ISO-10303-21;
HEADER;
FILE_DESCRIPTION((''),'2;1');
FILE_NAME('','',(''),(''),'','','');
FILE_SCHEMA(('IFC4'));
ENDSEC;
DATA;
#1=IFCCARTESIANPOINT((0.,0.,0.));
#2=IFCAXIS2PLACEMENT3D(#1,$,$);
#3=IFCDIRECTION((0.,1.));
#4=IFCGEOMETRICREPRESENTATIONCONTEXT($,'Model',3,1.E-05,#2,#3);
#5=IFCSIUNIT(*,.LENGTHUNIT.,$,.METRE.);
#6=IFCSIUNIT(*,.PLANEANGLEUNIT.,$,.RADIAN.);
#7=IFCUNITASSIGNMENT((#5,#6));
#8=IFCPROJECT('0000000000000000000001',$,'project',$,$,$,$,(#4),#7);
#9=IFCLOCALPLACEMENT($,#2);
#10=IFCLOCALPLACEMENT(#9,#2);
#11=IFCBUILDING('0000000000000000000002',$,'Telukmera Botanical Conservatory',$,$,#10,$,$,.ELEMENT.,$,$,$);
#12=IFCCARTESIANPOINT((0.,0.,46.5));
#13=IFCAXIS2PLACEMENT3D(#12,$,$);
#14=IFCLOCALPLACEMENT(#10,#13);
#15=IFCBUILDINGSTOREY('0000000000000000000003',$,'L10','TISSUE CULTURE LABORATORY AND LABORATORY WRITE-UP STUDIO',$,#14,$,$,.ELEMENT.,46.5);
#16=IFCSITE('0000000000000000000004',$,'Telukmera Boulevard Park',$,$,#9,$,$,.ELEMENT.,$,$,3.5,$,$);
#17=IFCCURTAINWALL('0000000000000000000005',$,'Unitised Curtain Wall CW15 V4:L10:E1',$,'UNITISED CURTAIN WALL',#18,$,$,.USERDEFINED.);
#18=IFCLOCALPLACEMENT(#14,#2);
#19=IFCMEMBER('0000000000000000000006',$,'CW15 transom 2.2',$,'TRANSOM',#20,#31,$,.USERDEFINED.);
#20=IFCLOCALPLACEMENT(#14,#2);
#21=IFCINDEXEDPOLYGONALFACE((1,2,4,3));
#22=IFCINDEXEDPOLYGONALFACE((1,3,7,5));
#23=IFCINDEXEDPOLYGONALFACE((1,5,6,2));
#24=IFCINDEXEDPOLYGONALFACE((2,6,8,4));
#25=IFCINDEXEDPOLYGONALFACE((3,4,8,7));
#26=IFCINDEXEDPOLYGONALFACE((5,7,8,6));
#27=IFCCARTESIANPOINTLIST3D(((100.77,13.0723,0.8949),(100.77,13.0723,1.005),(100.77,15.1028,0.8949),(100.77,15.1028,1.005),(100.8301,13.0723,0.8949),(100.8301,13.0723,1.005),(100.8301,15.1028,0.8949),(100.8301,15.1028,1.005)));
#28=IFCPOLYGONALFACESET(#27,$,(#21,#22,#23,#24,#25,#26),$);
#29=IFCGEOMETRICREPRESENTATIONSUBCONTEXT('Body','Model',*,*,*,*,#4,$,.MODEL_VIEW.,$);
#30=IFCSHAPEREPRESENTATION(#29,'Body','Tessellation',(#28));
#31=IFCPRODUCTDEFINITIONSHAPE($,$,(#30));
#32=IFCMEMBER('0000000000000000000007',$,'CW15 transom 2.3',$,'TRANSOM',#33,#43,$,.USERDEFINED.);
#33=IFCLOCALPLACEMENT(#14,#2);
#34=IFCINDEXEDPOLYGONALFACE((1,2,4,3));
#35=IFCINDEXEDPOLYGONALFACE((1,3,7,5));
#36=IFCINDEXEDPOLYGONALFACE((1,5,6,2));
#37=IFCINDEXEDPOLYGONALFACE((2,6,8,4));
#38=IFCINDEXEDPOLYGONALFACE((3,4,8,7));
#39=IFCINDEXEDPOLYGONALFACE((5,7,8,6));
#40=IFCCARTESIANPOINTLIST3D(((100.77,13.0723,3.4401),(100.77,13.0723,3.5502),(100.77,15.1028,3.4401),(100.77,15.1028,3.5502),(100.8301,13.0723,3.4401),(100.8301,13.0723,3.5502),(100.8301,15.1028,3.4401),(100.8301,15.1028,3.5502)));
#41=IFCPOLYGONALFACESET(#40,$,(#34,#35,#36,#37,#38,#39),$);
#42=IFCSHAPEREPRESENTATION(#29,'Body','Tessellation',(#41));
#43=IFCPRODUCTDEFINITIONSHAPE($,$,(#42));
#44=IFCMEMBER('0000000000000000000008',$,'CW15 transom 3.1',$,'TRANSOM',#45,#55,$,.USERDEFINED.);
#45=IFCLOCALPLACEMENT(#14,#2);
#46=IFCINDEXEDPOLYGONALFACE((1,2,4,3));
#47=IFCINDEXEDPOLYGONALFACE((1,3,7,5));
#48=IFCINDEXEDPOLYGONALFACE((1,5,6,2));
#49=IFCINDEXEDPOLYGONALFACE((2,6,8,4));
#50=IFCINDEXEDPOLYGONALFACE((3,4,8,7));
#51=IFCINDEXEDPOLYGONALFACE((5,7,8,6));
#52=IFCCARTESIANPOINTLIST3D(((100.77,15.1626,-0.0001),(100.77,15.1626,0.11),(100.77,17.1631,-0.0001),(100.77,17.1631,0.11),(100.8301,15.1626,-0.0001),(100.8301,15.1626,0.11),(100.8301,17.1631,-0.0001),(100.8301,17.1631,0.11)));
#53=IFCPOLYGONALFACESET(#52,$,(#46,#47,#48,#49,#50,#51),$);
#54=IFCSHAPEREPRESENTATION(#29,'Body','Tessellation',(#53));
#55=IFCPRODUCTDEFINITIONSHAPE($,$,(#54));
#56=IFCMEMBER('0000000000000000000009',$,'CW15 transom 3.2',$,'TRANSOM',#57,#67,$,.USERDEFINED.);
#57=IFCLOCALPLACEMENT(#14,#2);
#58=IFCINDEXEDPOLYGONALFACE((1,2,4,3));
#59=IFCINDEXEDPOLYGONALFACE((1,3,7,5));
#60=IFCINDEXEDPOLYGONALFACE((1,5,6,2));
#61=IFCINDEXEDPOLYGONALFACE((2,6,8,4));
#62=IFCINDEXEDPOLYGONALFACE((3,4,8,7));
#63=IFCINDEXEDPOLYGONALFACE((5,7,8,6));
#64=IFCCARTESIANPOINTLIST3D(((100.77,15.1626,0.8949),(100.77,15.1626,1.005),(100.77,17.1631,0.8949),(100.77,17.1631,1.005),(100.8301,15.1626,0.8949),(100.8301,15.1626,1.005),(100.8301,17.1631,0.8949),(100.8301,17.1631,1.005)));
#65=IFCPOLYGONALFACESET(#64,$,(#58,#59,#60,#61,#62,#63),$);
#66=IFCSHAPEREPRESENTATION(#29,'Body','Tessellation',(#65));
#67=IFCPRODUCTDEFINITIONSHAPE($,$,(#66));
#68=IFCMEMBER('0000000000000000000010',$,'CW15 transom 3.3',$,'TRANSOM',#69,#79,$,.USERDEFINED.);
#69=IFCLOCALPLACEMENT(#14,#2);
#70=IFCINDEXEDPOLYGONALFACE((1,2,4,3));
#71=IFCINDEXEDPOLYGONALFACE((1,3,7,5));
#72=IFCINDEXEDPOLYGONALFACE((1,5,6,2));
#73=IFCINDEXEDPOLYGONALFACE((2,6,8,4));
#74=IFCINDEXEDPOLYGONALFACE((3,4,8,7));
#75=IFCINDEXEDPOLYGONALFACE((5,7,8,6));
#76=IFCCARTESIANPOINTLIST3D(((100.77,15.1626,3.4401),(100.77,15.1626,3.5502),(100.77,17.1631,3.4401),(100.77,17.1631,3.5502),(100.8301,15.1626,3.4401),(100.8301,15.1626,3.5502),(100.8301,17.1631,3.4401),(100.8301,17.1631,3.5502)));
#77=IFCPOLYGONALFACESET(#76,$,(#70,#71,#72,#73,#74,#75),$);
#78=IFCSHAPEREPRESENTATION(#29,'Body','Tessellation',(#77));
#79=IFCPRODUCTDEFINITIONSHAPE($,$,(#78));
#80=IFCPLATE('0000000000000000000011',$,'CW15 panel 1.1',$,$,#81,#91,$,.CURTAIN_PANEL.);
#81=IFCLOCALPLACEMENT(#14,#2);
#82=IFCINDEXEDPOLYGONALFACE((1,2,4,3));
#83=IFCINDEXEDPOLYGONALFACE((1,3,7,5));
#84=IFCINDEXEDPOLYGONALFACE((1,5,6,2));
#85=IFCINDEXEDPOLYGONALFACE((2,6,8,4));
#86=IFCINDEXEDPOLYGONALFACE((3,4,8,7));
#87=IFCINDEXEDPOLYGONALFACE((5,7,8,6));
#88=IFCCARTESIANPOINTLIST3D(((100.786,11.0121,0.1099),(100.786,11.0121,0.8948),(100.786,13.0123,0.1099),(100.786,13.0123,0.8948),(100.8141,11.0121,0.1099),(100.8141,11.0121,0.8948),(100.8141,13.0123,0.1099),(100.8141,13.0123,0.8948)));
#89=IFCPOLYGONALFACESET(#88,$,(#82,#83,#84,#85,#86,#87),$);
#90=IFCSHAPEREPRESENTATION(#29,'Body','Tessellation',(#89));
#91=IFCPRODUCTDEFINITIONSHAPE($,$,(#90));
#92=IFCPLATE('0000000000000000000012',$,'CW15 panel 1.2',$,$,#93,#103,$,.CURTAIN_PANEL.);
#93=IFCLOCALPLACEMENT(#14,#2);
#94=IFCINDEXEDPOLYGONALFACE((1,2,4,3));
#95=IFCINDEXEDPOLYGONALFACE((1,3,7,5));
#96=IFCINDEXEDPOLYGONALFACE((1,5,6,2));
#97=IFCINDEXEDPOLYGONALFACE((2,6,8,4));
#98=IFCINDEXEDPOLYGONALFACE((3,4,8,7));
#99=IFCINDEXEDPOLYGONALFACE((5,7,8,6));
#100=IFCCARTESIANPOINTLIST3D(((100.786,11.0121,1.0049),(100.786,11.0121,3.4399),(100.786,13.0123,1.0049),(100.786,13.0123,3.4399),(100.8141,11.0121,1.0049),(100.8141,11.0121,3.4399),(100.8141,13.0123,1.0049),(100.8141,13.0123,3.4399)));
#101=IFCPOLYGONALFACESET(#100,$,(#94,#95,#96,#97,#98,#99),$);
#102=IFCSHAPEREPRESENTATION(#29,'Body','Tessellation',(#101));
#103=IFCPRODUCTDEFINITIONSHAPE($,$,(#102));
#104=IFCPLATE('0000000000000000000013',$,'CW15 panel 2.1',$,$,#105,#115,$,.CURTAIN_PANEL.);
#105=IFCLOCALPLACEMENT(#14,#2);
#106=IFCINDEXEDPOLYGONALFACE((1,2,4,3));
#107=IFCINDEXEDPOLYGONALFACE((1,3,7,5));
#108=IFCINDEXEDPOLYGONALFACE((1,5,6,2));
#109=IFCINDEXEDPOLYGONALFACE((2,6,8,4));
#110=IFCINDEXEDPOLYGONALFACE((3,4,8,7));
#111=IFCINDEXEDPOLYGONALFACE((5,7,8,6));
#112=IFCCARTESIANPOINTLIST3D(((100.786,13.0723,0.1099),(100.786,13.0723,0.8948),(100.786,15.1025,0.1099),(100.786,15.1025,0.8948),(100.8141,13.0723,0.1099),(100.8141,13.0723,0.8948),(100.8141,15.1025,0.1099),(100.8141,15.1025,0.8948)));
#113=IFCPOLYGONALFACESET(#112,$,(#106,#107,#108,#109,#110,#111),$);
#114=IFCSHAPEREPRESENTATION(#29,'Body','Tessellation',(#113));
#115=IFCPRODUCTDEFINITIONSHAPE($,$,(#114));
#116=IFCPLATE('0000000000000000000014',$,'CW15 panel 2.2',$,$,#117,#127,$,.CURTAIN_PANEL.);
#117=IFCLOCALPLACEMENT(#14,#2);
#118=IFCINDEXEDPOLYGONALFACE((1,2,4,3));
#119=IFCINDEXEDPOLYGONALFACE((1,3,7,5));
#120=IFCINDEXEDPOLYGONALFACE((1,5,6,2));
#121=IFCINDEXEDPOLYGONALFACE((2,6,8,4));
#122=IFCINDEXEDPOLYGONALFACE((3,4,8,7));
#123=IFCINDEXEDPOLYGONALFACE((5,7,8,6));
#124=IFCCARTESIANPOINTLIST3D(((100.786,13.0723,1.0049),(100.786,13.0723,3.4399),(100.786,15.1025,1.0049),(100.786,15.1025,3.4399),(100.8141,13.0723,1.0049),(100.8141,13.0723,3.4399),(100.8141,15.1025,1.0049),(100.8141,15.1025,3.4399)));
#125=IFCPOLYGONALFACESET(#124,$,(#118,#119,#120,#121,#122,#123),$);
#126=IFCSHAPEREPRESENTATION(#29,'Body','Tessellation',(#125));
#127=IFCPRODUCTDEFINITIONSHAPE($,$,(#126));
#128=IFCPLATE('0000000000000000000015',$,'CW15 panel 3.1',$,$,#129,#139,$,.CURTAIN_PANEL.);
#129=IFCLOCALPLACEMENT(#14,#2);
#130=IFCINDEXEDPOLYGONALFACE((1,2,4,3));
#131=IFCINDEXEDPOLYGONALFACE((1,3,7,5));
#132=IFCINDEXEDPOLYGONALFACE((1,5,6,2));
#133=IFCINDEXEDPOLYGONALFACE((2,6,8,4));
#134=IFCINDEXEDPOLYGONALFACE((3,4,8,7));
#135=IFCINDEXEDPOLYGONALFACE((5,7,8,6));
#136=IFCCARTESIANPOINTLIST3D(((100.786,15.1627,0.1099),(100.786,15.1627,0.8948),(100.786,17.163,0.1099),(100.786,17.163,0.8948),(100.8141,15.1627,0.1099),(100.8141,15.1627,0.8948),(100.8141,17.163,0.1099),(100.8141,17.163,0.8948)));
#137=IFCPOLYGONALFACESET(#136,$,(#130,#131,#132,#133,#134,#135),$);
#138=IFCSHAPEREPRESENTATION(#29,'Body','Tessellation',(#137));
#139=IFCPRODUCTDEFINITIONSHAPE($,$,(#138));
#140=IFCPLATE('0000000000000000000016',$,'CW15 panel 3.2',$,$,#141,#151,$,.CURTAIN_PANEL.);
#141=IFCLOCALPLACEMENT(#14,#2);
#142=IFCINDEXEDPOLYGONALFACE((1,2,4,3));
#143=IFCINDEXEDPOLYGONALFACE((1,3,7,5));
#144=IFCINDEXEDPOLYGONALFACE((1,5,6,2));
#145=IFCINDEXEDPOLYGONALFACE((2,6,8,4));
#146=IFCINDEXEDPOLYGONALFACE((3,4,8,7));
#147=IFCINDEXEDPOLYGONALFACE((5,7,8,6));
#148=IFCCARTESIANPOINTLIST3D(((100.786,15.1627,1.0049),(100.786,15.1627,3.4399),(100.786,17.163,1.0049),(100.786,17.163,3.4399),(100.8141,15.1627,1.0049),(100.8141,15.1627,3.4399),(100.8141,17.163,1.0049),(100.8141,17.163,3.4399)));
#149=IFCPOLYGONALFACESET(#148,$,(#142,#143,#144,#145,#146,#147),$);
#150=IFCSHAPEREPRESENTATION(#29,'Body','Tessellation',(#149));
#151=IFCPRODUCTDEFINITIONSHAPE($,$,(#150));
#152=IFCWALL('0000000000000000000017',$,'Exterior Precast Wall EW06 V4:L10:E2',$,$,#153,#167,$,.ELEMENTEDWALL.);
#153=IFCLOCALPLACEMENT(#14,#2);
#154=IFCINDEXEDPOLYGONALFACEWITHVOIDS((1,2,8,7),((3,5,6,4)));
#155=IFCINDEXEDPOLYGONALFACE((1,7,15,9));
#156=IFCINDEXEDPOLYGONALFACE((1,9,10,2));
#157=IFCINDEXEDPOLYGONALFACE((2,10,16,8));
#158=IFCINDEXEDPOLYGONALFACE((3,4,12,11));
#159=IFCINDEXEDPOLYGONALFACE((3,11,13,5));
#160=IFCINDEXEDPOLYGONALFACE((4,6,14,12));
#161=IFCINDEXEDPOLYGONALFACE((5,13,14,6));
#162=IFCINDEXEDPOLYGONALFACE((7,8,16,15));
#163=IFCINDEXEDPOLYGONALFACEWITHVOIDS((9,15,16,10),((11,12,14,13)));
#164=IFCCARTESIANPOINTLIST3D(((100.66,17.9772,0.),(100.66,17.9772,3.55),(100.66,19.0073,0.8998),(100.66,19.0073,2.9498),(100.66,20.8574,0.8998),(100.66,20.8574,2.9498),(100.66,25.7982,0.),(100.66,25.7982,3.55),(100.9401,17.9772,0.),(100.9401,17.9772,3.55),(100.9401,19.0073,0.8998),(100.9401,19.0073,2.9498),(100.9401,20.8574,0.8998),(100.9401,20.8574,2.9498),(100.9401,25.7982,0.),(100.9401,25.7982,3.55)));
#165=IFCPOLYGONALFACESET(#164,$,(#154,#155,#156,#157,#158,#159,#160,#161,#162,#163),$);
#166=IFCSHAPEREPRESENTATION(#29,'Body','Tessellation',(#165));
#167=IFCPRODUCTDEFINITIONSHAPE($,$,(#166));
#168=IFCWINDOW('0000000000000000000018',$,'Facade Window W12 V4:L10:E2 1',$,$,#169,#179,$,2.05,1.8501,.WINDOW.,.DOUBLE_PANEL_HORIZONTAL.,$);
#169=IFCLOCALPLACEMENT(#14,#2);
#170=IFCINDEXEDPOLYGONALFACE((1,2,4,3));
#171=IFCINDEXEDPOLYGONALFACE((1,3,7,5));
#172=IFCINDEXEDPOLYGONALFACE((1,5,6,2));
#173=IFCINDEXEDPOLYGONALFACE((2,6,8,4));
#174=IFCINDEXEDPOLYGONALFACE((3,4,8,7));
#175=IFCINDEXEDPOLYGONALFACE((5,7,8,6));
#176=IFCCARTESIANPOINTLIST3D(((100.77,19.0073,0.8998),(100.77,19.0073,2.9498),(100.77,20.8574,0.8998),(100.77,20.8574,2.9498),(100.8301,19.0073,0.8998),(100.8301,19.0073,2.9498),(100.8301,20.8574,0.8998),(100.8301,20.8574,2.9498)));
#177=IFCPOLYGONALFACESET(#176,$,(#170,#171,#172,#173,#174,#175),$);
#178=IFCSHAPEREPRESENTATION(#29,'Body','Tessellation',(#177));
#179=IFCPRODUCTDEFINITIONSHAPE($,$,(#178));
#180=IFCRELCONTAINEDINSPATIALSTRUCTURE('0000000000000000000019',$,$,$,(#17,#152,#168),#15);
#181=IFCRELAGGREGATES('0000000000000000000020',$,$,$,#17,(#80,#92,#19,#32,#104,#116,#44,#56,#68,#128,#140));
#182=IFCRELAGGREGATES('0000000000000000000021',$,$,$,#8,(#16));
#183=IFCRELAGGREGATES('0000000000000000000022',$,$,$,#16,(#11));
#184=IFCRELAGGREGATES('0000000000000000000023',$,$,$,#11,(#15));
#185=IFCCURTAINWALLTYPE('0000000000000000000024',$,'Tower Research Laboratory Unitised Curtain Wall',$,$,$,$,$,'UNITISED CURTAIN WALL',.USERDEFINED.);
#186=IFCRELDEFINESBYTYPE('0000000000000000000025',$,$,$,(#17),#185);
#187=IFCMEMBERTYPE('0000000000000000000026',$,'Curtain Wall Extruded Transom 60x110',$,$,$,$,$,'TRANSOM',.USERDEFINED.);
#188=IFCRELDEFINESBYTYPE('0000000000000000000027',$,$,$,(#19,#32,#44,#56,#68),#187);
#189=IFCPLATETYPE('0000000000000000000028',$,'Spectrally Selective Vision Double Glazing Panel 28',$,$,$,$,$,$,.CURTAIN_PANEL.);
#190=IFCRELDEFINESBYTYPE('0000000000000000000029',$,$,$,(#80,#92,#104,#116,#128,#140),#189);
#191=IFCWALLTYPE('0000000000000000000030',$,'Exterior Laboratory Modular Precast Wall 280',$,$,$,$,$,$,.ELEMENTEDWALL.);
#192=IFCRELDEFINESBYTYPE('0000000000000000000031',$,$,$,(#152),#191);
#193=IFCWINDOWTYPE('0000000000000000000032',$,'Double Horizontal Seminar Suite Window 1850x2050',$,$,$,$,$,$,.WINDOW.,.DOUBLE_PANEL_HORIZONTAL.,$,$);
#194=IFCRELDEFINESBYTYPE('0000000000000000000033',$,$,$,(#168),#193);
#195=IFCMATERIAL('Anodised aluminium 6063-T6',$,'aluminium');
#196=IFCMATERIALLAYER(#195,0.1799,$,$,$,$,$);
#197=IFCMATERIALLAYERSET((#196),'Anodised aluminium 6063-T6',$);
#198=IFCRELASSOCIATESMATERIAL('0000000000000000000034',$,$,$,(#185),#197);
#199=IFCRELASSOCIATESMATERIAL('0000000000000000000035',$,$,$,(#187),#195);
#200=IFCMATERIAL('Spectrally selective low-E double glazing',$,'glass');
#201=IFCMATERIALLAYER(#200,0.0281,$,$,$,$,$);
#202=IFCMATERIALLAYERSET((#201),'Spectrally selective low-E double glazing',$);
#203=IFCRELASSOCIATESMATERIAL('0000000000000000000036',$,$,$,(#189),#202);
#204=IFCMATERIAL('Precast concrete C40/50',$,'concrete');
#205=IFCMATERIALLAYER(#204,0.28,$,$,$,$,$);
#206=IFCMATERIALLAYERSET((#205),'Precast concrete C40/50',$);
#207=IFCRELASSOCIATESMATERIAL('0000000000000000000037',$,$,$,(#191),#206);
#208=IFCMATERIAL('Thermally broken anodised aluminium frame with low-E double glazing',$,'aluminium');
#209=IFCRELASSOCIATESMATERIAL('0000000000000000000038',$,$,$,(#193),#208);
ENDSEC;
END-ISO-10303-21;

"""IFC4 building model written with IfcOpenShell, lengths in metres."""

from ifc_helpers import new_model, si_unit, direction, frame, frame_2d, origin, origin_2d, place, context, subcontext, project, spatial, rectangle, extrude, material, layer, layer_set, material_profile, profile_set, type_object, element, fill, aggregate, save


model = new_model("IFC4")

# Units and contexts
model_context = context("Model", 3, precision=1e-05, world=origin(), true_north=direction((0.0, 1.0)))
body_context = subcontext(model_context, "Body", "Model", "MODEL_VIEW")
ifc_project = project(units=[si_unit("LENGTHUNIT", "METRE"), si_unit("PLANEANGLEUNIT", "RADIAN")], contexts=[model_context])

# Site, building, storey
site_placement = place(None, origin())
site = spatial("IfcSite", under=ifc_project, at=site_placement, Name="Telukmera Boulevard Park", CompositionType="ELEMENT", RefElevation=3.5)
building_placement = place(site_placement, origin())
building = spatial("IfcBuilding", under=site, at=building_placement, Name="Telukmera Botanical Conservatory", CompositionType="ELEMENT")
storey_placement = place(building_placement, frame((0.0, 0.0, 46.5)))
storey = spatial("IfcBuildingStorey", under=building, at=storey_placement, Name="L10", Description="TISSUE CULTURE LABORATORY AND LABORATORY WRITE-UP STUDIO", CompositionType="ELEMENT", Elevation=46.5)

# Shared definitions
ifc_material_1 = material(Name="Precast concrete C40/50", Category="concrete")

# Curtain wall, members, plates
ifc_material_2 = material(Name="Anodised aluminium 6063-T6", Category="aluminium")
ifc_layer_1 = layer(ifc_material_2, 0.1799)
ifc_layer_set_1 = layer_set([ifc_layer_1], Name="Anodised aluminium 6063-T6")
curtain_wall_type = type_object("IfcCurtainWallType", Name="Tower Research Laboratory Unitised Curtain Wall", ElementType="UNITISED CURTAIN WALL", PredefinedType="USERDEFINED", material=ifc_layer_set_1)
curtain_wall_placement = place(storey_placement, origin())
curtain_wall = element("IfcCurtainWall", 1, at=curtain_wall_placement, inside=storey, type_object=curtain_wall_type, Name="Unitised Curtain Wall CW15 V4:L10:E1", ObjectType="UNITISED CURTAIN WALL", PredefinedType="USERDEFINED")
ifc_material_profile_1 = material_profile(ifc_material_2, rectangle(XDim=0.0601, YDim=0.1101, at=origin_2d()), Name="ALU TRAN 60x110")
ifc_profile_set_1 = profile_set([ifc_material_profile_1], Name="Anodised aluminium 6063-T6")
member_type_1 = type_object("IfcMemberType", Name="Curtain Wall Extruded Transom 60x110", ElementType="TRANSOM", PredefinedType="USERDEFINED", material=ifc_profile_set_1)
member_1_placement = place(storey_placement, frame((100.8, 13.0723, 0.95), z_axis=(0.0, 1.0, 0.0), x_axis=(-1.0, 0.0, 0.0)))
member_1 = element("IfcMember", 2, at=member_1_placement, type_object=member_type_1, Name="CW15 transom 2.2", ObjectType="TRANSOM", PredefinedType="USERDEFINED", context=body_context, shape_type="SweptSolid", body=[
    extrude(rectangle(XDim=0.0601, YDim=0.1101, at=origin_2d()), origin(), (0.0, 0.0, 1.0), 2.0305),
])
member_2_placement = place(storey_placement, frame((100.8, 13.0723, 3.4951), z_axis=(0.0, 1.0, 0.0), x_axis=(-1.0, 0.0, 0.0)))
member_2 = element("IfcMember", 3, at=member_2_placement, type_object=member_type_1, Name="CW15 transom 2.3", ObjectType="TRANSOM", PredefinedType="USERDEFINED", context=body_context, shape_type="SweptSolid", body=[
    extrude(rectangle(XDim=0.0601, YDim=0.1101, at=origin_2d()), origin(), (0.0, 0.0, 1.0), 2.0305),
])
member_3_placement = place(storey_placement, frame((100.8, 15.1626, 0.0549), z_axis=(0.0, 1.0, 0.0), x_axis=(-1.0, 0.0, 0.0)))
member_3 = element("IfcMember", 4, at=member_3_placement, type_object=member_type_1, Name="CW15 transom 3.1", ObjectType="TRANSOM", PredefinedType="USERDEFINED", context=body_context, shape_type="SweptSolid", body=[
    extrude(rectangle(XDim=0.0601, YDim=0.1101, at=origin_2d()), origin(), (0.0, 0.0, 1.0), 2.0005),
])
member_4_placement = place(storey_placement, frame((100.8, 15.1626, 0.95), z_axis=(0.0, 1.0, 0.0), x_axis=(-1.0, 0.0, 0.0)))
member_4 = element("IfcMember", 5, at=member_4_placement, type_object=member_type_1, Name="CW15 transom 3.2", ObjectType="TRANSOM", PredefinedType="USERDEFINED", context=body_context, shape_type="SweptSolid", body=[
    extrude(rectangle(XDim=0.0601, YDim=0.1101, at=origin_2d()), origin(), (0.0, 0.0, 1.0), 2.0005),
])
member_5_placement = place(storey_placement, frame((100.8, 15.1626, 3.4951), z_axis=(0.0, 1.0, 0.0), x_axis=(-1.0, 0.0, 0.0)))
member_5 = element("IfcMember", 6, at=member_5_placement, type_object=member_type_1, Name="CW15 transom 3.3", ObjectType="TRANSOM", PredefinedType="USERDEFINED", context=body_context, shape_type="SweptSolid", body=[
    extrude(rectangle(XDim=0.0601, YDim=0.1101, at=origin_2d()), origin(), (0.0, 0.0, 1.0), 2.0005),
])
ifc_material_3 = material(Name="Spectrally selective low-E double glazing", Category="glass")
ifc_layer_2 = layer(ifc_material_3, 0.0281)
ifc_layer_set_2 = layer_set([ifc_layer_2], Name="Spectrally selective low-E double glazing")
plate_type = type_object("IfcPlateType", Name="Spectrally Selective Vision Double Glazing Panel 28", PredefinedType="CURTAIN_PANEL", material=ifc_layer_set_2)
plate_1_placement = place(storey_placement, frame((100.8, 12.0122, 0.1099), z_axis=(0.0, 0.0, 1.0), x_axis=(0.0, 1.0, 0.0)))
plate_1 = element("IfcPlate", 7, at=plate_1_placement, type_object=plate_type, Name="CW15 panel 1.1", PredefinedType="CURTAIN_PANEL", context=body_context, shape_type="SweptSolid", body=[
    extrude(rectangle(XDim=2.0002, YDim=0.0281, at=origin_2d()), origin(), (0.0, 0.0, 1.0), 0.7849),
])
plate_2_placement = place(storey_placement, frame((100.8, 12.0122, 1.0049), z_axis=(0.0, 0.0, 1.0), x_axis=(0.0, 1.0, 0.0)))
plate_2 = element("IfcPlate", 8, at=plate_2_placement, type_object=plate_type, Name="CW15 panel 1.2", PredefinedType="CURTAIN_PANEL", context=body_context, shape_type="SweptSolid", body=[
    extrude(rectangle(XDim=2.0002, YDim=0.0281, at=origin_2d()), origin(), (0.0, 0.0, 1.0), 2.4351),
])
plate_3_placement = place(storey_placement, frame((100.8, 14.0874, 0.1099), z_axis=(0.0, 0.0, 1.0), x_axis=(0.0, 1.0, 0.0)))
plate_3 = element("IfcPlate", 9, at=plate_3_placement, type_object=plate_type, Name="CW15 panel 2.1", PredefinedType="CURTAIN_PANEL", context=body_context, shape_type="SweptSolid", body=[
    extrude(rectangle(XDim=2.0303, YDim=0.0281, at=origin_2d()), origin(), (0.0, 0.0, 1.0), 0.7849),
])
plate_4_placement = place(storey_placement, frame((100.8, 14.0874, 1.0049), z_axis=(0.0, 0.0, 1.0), x_axis=(0.0, 1.0, 0.0)))
plate_4 = element("IfcPlate", 10, at=plate_4_placement, type_object=plate_type, Name="CW15 panel 2.2", PredefinedType="CURTAIN_PANEL", context=body_context, shape_type="SweptSolid", body=[
    extrude(rectangle(XDim=2.0303, YDim=0.0281, at=origin_2d()), origin(), (0.0, 0.0, 1.0), 2.4351),
])
plate_5_placement = place(storey_placement, frame((100.8, 16.1628, 0.1099), z_axis=(0.0, 0.0, 1.0), x_axis=(0.0, 1.0, 0.0)))
plate_5 = element("IfcPlate", 11, at=plate_5_placement, type_object=plate_type, Name="CW15 panel 3.1", PredefinedType="CURTAIN_PANEL", context=body_context, shape_type="SweptSolid", body=[
    extrude(rectangle(XDim=2.0002, YDim=0.0281, at=origin_2d()), origin(), (0.0, 0.0, 1.0), 0.7849),
])
plate_6_placement = place(storey_placement, frame((100.8, 16.1628, 1.0049), z_axis=(0.0, 0.0, 1.0), x_axis=(0.0, 1.0, 0.0)))
plate_6 = element("IfcPlate", 12, at=plate_6_placement, type_object=plate_type, Name="CW15 panel 3.2", PredefinedType="CURTAIN_PANEL", context=body_context, shape_type="SweptSolid", body=[
    extrude(rectangle(XDim=2.0002, YDim=0.0281, at=origin_2d()), origin(), (0.0, 0.0, 1.0), 2.4351),
])
aggregate(curtain_wall, [plate_1, plate_2, member_1, member_2, plate_3, plate_4, member_3, member_4, member_5, plate_5, plate_6])

# Wall, opening, window
ifc_layer_3 = layer(ifc_material_1, 0.28)
ifc_layer_set_3 = layer_set([ifc_layer_3], Name="Precast concrete C40/50")
wall_type = type_object("IfcWallType", Name="Exterior Laboratory Modular Precast Wall 280", PredefinedType="ELEMENTEDWALL", material=ifc_layer_set_3)
wall_placement = place(storey_placement, frame((100.8, 17.9771, 0.0), z_axis=(0.0, 0.0, 1.0), x_axis=(0.0, 1.0, 0.0)))
wall = element("IfcWall", 13, at=wall_placement, inside=storey, type_object=wall_type, Name="Exterior Precast Wall EW06 V4:L10:E2", PredefinedType="ELEMENTEDWALL", context=body_context, shape_type="SweptSolid", body=[
    extrude(rectangle(XDim=7.821, YDim=0.28, at=frame_2d((3.9106, 0.0))), origin(), (0.0, 0.0, 1.0), 3.55),
])
opening_placement = place(wall_placement, frame((1.0303, 0.0, 0.8999)))
opening = element("IfcOpeningElement", 14, at=opening_placement, cuts=wall, PredefinedType="OPENING", context=body_context, shape_type="SweptSolid", body=[
    extrude(rectangle(XDim=1.8501, YDim=2.05, at=frame_2d((0.925, 1.0249))), frame((0.0, 0.1499, 0.0), z_axis=(0.0, -1.0, 0.0), x_axis=(1.0, 0.0, 0.0)), (0.0, 0.0, 1.0), 0.3),
])
ifc_material_4 = material(Name="Thermally broken anodised aluminium frame with low-E double glazing", Category="aluminium")
window_type = type_object("IfcWindowType", Name="Double Horizontal Seminar Suite Window 1850x2050", PartitioningType="DOUBLE_PANEL_HORIZONTAL", PredefinedType="WINDOW", material=ifc_material_4)
window_placement = place(opening_placement, origin())
window = element("IfcWindow", 15, at=window_placement, inside=storey, type_object=window_type, Name="Facade Window W12 V4:L10:E2 1", OverallHeight=2.05, OverallWidth=1.8501, PartitioningType="DOUBLE_PANEL_HORIZONTAL", PredefinedType="WINDOW", context=body_context, shape_type="SweptSolid", body=[
    extrude(rectangle(XDim=1.8501, YDim=2.05, at=frame_2d((0.925, 1.0249))), frame((0.0, 0.03, 0.0), z_axis=(0.0, -1.0, 0.0), x_axis=(1.0, 0.0, 0.0)), (0.0, 0.0, 1.0), 0.0601),
])
fill(opening, window)

save(model, "model.ifc")
